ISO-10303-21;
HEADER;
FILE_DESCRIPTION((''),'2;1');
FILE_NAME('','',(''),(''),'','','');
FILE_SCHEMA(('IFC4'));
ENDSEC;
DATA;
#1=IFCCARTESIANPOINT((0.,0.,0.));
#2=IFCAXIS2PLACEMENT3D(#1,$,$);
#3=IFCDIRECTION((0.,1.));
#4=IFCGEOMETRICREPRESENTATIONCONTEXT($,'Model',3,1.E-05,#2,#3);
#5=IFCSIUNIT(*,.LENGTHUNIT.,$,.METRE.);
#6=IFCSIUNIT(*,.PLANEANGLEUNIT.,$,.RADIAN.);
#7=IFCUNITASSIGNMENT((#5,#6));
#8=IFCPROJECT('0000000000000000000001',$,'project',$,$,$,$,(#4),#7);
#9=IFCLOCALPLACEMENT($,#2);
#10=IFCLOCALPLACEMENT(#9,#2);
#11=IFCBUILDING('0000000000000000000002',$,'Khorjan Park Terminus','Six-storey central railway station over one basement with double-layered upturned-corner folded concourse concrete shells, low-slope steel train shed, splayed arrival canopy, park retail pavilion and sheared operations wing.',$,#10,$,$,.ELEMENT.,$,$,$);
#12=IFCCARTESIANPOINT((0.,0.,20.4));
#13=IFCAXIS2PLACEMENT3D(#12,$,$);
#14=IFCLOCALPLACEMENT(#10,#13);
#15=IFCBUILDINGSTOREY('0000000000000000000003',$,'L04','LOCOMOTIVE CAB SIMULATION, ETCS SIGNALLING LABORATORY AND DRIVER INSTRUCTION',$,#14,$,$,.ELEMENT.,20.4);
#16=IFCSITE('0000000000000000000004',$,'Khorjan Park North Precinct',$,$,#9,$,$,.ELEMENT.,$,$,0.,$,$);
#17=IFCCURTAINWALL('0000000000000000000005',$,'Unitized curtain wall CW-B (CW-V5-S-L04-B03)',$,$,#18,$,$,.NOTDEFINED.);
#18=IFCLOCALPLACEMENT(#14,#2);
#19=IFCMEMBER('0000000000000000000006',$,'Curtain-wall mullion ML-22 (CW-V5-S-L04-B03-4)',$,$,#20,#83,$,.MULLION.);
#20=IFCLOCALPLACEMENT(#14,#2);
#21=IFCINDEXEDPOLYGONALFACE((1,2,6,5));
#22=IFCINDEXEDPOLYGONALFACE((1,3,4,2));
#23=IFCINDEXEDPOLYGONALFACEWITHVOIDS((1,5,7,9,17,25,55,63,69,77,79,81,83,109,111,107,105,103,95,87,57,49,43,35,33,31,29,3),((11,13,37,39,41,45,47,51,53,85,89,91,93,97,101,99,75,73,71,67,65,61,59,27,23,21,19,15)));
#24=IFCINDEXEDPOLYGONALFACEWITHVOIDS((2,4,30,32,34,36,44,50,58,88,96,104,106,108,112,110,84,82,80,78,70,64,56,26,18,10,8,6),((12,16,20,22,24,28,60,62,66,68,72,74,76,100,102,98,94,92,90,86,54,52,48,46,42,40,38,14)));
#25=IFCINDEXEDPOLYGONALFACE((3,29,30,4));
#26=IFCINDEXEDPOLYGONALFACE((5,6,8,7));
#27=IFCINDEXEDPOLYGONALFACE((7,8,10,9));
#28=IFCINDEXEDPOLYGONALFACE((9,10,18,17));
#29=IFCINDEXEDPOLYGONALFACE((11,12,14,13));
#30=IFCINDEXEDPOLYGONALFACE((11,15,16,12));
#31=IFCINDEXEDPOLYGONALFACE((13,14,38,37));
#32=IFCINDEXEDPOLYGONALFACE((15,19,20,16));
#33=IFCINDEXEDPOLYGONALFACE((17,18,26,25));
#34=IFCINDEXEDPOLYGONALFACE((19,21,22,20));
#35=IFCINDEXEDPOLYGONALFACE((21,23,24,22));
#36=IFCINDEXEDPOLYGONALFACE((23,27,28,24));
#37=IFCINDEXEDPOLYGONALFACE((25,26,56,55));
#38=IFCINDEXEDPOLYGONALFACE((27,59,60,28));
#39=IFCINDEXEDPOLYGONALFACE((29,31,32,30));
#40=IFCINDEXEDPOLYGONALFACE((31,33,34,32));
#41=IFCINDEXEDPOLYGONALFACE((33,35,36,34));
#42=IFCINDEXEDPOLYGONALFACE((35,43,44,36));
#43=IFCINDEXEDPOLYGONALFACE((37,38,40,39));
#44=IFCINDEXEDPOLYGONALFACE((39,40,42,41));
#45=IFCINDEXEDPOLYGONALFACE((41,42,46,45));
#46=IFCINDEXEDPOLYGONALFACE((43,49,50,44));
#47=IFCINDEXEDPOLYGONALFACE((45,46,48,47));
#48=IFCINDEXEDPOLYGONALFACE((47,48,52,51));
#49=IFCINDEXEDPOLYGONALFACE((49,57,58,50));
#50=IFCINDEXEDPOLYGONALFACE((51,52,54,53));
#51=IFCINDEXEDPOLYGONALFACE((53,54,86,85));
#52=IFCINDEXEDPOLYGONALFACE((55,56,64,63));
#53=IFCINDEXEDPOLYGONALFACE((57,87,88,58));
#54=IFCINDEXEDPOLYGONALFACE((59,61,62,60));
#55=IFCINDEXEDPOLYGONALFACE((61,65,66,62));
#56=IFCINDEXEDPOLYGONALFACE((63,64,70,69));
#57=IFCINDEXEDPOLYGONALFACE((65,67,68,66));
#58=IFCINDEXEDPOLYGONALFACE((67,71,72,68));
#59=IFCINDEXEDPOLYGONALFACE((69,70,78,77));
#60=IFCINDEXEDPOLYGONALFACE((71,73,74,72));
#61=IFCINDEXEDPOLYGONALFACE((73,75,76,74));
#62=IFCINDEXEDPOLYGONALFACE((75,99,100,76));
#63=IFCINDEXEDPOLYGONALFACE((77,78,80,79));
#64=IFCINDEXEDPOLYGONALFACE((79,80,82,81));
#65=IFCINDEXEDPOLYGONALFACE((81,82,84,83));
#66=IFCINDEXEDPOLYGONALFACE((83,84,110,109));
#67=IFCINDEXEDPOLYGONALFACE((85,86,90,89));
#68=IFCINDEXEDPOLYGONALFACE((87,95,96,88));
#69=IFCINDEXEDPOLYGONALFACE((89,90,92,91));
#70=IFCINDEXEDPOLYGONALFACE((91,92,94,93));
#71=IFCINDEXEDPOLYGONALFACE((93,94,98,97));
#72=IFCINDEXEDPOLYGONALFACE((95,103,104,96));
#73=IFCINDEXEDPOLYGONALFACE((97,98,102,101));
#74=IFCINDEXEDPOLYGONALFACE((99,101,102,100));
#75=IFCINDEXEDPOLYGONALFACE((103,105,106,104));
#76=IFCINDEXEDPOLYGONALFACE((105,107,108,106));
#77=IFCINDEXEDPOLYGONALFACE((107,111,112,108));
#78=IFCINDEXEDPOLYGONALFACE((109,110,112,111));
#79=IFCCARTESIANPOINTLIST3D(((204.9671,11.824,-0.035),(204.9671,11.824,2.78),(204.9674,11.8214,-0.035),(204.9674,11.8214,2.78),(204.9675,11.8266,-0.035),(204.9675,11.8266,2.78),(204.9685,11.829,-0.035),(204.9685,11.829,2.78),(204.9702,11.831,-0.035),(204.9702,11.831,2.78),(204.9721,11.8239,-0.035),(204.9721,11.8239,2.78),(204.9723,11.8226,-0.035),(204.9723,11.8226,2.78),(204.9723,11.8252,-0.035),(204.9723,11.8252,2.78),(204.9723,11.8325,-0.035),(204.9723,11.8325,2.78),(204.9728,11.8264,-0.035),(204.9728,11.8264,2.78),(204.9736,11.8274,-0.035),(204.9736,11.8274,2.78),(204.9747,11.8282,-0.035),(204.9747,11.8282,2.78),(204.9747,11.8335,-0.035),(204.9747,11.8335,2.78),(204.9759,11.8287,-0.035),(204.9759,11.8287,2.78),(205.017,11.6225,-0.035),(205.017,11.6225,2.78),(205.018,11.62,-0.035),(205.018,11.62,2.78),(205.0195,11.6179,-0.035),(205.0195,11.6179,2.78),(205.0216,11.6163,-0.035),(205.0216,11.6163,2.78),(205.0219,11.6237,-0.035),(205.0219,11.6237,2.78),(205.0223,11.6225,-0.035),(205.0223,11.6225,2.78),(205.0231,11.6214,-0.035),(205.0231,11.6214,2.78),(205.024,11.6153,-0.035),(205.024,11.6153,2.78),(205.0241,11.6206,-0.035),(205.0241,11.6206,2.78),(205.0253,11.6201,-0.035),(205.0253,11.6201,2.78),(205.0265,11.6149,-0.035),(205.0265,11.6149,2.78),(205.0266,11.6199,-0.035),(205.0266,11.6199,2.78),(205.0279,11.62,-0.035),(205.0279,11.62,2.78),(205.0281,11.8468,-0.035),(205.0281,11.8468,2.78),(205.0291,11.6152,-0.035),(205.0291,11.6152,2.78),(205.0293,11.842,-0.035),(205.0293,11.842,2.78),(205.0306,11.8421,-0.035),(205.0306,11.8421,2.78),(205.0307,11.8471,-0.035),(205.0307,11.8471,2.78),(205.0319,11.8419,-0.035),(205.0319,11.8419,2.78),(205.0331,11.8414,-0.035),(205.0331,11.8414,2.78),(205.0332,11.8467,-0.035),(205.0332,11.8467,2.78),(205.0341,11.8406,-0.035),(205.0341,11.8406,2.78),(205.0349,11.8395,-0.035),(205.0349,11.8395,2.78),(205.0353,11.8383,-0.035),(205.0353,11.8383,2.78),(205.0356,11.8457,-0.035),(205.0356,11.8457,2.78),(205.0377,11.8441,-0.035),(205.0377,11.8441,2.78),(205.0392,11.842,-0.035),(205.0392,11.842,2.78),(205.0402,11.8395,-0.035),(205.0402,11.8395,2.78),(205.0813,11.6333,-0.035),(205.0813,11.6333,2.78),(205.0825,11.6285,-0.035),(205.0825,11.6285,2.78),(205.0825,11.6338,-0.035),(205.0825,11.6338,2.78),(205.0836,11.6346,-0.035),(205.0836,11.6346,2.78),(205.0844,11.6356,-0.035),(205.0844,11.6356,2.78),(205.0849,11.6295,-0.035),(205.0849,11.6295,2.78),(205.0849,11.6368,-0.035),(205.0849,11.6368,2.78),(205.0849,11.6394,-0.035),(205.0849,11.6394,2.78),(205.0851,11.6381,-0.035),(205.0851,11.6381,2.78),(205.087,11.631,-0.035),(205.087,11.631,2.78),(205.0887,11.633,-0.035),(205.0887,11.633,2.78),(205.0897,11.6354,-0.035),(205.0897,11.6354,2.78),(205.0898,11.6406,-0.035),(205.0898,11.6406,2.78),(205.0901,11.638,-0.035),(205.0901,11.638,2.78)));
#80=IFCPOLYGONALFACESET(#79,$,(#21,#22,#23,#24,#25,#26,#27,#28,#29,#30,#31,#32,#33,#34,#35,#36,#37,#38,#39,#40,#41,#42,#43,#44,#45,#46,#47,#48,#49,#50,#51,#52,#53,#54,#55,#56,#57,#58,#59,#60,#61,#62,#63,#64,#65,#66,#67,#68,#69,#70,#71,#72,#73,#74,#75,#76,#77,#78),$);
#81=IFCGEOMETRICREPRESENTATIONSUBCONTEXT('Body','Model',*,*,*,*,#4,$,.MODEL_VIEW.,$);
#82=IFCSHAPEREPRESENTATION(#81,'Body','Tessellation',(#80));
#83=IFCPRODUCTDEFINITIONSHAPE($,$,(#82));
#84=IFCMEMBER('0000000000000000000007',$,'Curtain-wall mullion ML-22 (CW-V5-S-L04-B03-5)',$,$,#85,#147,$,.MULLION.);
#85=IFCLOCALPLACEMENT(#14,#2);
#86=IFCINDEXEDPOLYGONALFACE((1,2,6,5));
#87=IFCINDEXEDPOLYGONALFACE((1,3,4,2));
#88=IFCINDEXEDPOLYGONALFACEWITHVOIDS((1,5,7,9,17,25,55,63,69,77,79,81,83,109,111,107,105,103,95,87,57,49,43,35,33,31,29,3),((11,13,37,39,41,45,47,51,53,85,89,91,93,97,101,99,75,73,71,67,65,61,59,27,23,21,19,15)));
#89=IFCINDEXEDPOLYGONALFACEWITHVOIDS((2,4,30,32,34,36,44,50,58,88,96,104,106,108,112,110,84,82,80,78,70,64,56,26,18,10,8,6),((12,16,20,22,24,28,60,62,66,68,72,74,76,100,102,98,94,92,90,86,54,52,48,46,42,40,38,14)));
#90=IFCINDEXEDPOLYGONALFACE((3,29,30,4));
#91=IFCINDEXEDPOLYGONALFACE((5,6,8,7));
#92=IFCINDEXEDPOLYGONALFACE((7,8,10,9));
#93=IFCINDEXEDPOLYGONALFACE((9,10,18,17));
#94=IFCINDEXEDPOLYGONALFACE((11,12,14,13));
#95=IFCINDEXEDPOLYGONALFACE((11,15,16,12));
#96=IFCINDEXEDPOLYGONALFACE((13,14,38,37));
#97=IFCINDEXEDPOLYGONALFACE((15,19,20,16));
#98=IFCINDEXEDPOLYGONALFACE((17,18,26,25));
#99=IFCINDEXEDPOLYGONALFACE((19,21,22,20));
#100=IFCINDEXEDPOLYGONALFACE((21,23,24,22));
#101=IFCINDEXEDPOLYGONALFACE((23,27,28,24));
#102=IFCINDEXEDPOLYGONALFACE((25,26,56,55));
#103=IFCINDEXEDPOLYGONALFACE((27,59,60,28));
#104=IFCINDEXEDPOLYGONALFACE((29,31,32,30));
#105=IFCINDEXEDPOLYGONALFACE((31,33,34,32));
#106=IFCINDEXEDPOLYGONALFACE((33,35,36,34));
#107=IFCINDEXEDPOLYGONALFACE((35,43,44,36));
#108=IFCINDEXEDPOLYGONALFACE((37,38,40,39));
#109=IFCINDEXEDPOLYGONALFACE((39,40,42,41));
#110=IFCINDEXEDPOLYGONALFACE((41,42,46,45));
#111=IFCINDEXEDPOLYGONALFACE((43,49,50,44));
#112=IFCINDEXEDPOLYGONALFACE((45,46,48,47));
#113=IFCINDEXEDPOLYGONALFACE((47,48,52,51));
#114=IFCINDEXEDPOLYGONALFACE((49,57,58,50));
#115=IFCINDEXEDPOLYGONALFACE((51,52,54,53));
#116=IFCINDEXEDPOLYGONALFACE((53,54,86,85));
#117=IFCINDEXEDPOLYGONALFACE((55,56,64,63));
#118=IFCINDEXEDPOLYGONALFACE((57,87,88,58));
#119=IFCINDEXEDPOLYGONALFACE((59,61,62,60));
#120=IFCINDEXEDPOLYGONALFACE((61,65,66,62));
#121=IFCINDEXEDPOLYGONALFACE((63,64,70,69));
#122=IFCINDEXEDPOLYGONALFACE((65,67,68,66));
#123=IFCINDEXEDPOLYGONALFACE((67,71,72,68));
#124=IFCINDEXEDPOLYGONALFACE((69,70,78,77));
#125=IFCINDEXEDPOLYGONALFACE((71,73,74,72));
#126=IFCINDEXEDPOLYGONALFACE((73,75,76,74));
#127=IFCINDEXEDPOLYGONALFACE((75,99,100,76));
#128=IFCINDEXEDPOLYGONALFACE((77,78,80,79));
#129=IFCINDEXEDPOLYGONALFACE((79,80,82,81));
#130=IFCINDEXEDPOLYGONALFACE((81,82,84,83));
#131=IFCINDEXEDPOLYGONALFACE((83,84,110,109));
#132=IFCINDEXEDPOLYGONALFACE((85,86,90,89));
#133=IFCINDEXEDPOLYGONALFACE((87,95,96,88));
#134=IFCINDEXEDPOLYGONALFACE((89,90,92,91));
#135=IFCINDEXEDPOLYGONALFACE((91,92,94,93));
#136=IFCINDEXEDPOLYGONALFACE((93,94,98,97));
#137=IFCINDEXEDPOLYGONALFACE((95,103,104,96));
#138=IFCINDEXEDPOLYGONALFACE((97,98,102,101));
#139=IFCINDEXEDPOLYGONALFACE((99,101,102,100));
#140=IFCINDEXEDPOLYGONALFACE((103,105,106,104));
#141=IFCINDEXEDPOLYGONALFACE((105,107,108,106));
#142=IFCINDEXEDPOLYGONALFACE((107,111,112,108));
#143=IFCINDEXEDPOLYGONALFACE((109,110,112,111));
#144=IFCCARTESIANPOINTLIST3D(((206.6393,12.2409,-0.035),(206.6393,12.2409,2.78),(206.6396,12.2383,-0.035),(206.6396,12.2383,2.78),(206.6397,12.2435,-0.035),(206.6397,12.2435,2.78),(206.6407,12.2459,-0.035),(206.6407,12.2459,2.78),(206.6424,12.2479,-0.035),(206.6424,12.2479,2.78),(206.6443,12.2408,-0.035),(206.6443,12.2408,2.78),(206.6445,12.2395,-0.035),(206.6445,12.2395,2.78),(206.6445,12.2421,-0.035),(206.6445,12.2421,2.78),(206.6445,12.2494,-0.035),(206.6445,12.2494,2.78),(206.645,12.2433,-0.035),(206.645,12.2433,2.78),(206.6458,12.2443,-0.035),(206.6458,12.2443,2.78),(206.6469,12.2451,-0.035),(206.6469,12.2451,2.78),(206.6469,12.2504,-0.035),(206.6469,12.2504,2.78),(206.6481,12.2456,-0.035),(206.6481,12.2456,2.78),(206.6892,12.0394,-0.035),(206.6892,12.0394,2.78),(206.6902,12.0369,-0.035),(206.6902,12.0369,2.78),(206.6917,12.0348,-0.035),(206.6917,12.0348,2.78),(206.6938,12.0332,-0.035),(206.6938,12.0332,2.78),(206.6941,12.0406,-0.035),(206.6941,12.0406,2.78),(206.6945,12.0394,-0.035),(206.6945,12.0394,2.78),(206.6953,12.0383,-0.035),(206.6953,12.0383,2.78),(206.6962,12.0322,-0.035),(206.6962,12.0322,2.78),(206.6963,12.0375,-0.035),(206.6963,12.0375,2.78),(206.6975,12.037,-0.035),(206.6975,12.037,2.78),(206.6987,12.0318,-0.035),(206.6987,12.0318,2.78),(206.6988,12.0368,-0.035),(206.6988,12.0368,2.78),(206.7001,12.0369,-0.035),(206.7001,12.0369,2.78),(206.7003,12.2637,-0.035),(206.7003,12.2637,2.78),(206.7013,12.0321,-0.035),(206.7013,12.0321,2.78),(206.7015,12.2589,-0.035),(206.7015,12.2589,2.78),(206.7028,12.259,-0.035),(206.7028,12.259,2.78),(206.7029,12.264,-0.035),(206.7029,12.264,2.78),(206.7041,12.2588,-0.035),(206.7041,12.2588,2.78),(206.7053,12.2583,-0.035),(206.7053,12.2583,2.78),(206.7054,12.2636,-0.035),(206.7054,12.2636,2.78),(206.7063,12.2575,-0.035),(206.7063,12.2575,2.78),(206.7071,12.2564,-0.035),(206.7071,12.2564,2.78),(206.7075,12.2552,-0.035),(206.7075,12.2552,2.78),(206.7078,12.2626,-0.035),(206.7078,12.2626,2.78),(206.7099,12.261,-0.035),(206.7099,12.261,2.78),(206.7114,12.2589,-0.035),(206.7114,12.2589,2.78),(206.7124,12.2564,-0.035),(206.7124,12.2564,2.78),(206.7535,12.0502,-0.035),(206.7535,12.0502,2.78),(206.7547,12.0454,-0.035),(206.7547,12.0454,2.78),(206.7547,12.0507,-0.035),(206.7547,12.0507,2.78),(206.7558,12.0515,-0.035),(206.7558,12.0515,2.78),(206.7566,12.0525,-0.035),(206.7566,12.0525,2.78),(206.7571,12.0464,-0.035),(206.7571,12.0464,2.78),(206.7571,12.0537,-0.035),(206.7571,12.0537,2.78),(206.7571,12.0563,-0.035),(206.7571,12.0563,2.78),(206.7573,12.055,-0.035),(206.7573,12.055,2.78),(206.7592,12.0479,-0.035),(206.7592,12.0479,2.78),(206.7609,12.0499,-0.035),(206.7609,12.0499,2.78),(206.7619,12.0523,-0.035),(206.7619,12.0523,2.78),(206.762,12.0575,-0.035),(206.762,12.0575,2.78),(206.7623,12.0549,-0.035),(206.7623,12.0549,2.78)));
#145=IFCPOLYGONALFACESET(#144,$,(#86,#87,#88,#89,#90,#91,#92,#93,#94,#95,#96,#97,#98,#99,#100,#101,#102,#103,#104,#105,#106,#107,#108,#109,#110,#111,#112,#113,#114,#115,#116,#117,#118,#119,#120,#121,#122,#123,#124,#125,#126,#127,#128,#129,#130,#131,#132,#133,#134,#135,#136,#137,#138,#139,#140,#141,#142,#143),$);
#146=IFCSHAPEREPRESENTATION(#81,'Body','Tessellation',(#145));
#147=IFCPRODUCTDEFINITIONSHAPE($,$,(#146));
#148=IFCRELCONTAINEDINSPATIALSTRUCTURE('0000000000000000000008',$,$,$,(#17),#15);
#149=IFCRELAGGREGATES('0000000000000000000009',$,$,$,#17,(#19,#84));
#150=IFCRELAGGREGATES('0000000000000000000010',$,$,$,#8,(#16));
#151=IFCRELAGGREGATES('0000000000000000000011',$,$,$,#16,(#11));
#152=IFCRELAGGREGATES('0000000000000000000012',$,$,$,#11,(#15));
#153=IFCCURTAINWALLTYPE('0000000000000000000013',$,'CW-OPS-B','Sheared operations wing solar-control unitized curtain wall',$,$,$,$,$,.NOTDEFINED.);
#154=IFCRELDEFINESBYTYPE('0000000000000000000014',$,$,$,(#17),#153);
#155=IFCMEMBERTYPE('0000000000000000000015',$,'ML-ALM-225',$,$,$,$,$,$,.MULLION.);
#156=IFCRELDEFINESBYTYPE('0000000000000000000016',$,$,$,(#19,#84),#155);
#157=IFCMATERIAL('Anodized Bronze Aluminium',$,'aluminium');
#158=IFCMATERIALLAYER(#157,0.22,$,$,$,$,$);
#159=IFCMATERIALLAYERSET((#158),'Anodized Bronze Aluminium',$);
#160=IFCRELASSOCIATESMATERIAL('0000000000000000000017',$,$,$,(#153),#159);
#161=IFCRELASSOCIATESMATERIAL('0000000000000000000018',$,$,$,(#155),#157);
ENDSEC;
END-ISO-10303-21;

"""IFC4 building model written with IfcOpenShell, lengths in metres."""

from ifc_helpers import new_model, si_unit, direction, frame, origin, origin_2d, place, context, subcontext, project, spatial, hollow_rectangle, extrude, material, layer, layer_set, material_profile, profile_set, type_object, element, aggregate, save


model = new_model("IFC4")

# Units and contexts
model_context = context("Model", 3, precision=1e-05, world=origin(), true_north=direction((0.0, 1.0)))
body_context = subcontext(model_context, "Body", "Model", "MODEL_VIEW")
ifc_project = project(units=[si_unit("LENGTHUNIT", "METRE"), si_unit("PLANEANGLEUNIT", "RADIAN")], contexts=[model_context])

# Site, building, storey
site_placement = place(None, origin())
site = spatial("IfcSite", under=ifc_project, at=site_placement, Name="Khorjan Park North Precinct", CompositionType="ELEMENT", RefElevation=0.0)
building_placement = place(site_placement, origin())
building = spatial("IfcBuilding", under=site, at=building_placement, Name="Khorjan Park Terminus", Description="Six-storey central railway station over one basement with double-layered upturned-corner folded concourse concrete shells, low-slope steel train shed, splayed arrival canopy, park retail pavilion and sheared operations wing.", CompositionType="ELEMENT")
storey_placement = place(building_placement, frame((0.0, 0.0, 20.4)))
storey = spatial("IfcBuildingStorey", under=building, at=storey_placement, Name="L04", Description="LOCOMOTIVE CAB SIMULATION, ETCS SIGNALLING LABORATORY AND DRIVER INSTRUCTION", CompositionType="ELEMENT", Elevation=20.4)

# Curtain wall, members
ifc_material_1 = material(Name="Anodized Bronze Aluminium", Category="aluminium")
ifc_layer_1 = layer(ifc_material_1, 0.22)
ifc_layer_set_1 = layer_set([ifc_layer_1], Name="Anodized Bronze Aluminium")
curtain_wall_type = type_object("IfcCurtainWallType", Name="CW-OPS-B", Description="Sheared operations wing solar-control unitized curtain wall", PredefinedType="NOTDEFINED", material=ifc_layer_set_1)
curtain_wall_placement = place(storey_placement, origin())
curtain_wall = element("IfcCurtainWall", 1, at=curtain_wall_placement, inside=storey, type_object=curtain_wall_type, Name="Unitized curtain wall CW-B (CW-V5-S-L04-B03)", PredefinedType="NOTDEFINED")
ifc_material_profile_1 = material_profile(ifc_material_1, hollow_rectangle(XDim=0.075, YDim=0.225, WallThickness=0.005, InnerFilletRadius=0.005, OuterFilletRadius=0.01, at=origin_2d()), Name="ALM 75x225x5")
ifc_profile_set_1 = profile_set([ifc_material_profile_1], Name="Anodized Bronze Aluminium")
member_type_1 = type_object("IfcMemberType", Name="ML-ALM-225", PredefinedType="MULLION", material=ifc_profile_set_1)
member_1_placement = place(storey_placement, frame((205.0286, 11.731, -0.035), z_axis=(0.0, 0.0, 1.0), x_axis=(0.970295, 0.241926, 0.0)))
member_1 = element("IfcMember", 2, at=member_1_placement, type_object=member_type_1, Name="Curtain-wall mullion ML-22 (CW-V5-S-L04-B03-4)", PredefinedType="MULLION", context=body_context, shape_type="SweptSolid", body=[
    extrude(hollow_rectangle(XDim=0.075, YDim=0.225, WallThickness=0.005, InnerFilletRadius=0.005, OuterFilletRadius=0.01, at=origin_2d()), origin(), (0.0, 0.0, 1.0), 2.815),
])
member_2_placement = place(storey_placement, frame((206.7008, 12.1479, -0.035), z_axis=(0.0, 0.0, 1.0), x_axis=(0.970295, 0.241926, 0.0)))
member_2 = element("IfcMember", 3, at=member_2_placement, type_object=member_type_1, Name="Curtain-wall mullion ML-22 (CW-V5-S-L04-B03-5)", PredefinedType="MULLION", context=body_context, shape_type="SweptSolid", body=[
    extrude(hollow_rectangle(XDim=0.075, YDim=0.225, WallThickness=0.005, InnerFilletRadius=0.005, OuterFilletRadius=0.01, at=origin_2d()), origin(), (0.0, 0.0, 1.0), 2.815),
])
aggregate(curtain_wall, [member_1, member_2])

save(model, "model.ifc")
